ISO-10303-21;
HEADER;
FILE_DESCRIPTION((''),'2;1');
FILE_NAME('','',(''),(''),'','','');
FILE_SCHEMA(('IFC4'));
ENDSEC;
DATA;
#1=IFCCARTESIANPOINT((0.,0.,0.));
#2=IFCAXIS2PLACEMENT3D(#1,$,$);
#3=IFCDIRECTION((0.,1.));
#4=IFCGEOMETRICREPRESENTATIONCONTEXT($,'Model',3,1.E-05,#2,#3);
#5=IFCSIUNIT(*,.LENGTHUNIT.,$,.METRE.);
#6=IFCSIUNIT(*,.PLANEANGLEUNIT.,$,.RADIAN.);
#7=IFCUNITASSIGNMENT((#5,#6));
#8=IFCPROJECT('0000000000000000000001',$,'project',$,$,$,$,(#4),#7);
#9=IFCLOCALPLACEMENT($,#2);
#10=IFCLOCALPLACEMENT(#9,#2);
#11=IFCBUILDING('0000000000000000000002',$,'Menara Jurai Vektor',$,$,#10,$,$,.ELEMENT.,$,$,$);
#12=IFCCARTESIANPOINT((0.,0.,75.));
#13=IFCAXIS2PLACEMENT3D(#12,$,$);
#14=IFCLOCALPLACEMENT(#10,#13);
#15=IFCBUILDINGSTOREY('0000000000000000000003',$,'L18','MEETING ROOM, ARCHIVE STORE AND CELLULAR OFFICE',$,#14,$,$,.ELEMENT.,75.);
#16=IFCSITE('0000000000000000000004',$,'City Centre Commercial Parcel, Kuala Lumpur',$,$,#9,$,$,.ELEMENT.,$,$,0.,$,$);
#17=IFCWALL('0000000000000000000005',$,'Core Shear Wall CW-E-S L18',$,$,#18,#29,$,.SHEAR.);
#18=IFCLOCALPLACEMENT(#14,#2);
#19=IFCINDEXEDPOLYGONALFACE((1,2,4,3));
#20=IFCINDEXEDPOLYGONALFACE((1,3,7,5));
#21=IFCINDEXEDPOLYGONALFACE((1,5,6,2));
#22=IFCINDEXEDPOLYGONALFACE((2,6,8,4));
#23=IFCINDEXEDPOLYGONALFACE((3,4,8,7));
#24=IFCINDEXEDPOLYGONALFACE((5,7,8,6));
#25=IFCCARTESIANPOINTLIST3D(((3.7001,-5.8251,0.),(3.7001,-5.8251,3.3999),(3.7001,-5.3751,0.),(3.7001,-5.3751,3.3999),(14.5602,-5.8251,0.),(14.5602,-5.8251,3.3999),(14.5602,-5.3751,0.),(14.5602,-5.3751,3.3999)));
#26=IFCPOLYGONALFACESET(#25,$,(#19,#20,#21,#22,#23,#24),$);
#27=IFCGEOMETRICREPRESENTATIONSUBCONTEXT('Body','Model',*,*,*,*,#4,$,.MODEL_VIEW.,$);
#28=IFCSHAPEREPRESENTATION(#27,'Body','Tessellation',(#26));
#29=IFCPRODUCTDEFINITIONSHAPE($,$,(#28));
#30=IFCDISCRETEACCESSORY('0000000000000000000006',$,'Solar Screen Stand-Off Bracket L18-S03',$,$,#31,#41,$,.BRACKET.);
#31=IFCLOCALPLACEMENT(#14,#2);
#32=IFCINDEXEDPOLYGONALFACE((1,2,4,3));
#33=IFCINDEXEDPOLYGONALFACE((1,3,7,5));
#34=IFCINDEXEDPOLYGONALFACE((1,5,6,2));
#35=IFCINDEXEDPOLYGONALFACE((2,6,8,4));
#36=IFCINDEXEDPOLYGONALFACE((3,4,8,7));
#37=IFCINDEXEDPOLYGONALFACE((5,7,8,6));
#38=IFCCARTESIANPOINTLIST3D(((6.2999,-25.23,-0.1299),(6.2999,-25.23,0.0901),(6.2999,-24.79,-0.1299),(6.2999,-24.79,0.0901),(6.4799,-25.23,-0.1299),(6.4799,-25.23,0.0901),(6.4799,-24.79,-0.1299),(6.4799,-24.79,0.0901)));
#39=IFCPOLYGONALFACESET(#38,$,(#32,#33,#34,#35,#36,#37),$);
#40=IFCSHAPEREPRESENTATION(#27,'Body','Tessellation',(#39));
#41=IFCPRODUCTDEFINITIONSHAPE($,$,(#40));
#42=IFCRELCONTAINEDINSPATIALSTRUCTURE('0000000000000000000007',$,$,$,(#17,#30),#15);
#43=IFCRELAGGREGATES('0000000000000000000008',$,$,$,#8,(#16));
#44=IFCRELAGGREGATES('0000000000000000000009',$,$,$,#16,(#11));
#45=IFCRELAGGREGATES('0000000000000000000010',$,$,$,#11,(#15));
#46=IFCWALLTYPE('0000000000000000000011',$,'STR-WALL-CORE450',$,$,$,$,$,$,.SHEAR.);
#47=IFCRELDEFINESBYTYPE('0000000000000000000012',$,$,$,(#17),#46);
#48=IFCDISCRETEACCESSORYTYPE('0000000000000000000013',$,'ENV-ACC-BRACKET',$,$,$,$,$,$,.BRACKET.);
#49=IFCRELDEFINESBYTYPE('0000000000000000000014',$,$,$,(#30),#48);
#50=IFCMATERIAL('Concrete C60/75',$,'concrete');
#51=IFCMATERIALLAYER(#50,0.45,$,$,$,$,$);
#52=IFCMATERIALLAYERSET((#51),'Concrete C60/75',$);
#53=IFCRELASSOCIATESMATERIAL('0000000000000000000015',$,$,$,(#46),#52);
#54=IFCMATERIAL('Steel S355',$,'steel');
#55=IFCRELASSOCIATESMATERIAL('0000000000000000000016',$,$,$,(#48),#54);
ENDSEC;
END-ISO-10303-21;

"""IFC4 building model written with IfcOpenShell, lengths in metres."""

from ifc_helpers import new_model, si_unit, direction, frame, frame_2d, origin, origin_2d, place, context, subcontext, project, spatial, rectangle, extrude, material, layer, layer_set, type_object, element, save


model = new_model("IFC4")

# Units and contexts
model_context = context("Model", 3, precision=1e-05, world=origin(), true_north=direction((0.0, 1.0)))
body_context = subcontext(model_context, "Body", "Model", "MODEL_VIEW")
ifc_project = project(units=[si_unit("LENGTHUNIT", "METRE"), si_unit("PLANEANGLEUNIT", "RADIAN")], contexts=[model_context])

# Site, building, storey
site_placement = place(None, origin())
site = spatial("IfcSite", under=ifc_project, at=site_placement, Name="City Centre Commercial Parcel, Kuala Lumpur", CompositionType="ELEMENT", RefElevation=0.0)
building_placement = place(site_placement, origin())
building = spatial("IfcBuilding", under=site, at=building_placement, Name="Menara Jurai Vektor", CompositionType="ELEMENT")
storey_placement = place(building_placement, frame((0.0, 0.0, 75.0)))
storey = spatial("IfcBuildingStorey", under=building, at=storey_placement, Name="L18", Description="MEETING ROOM, ARCHIVE STORE AND CELLULAR OFFICE", CompositionType="ELEMENT", Elevation=75.0)

# Shared definitions
ifc_material_1 = material(Name="Concrete C60/75", Category="concrete")

# Shared definitions
ifc_material_2 = material(Name="Steel S355", Category="steel")

# Wall
ifc_layer_1 = layer(ifc_material_1, 0.45)
ifc_layer_set_1 = layer_set([ifc_layer_1], Name="Concrete C60/75")
wall_type_1 = type_object("IfcWallType", Name="STR-WALL-CORE450", PredefinedType="SHEAR", material=ifc_layer_set_1)
wall_1_placement = place(storey_placement, frame((3.7, -5.6001, 0.0), z_axis=(0.0, 0.0, 1.0), x_axis=(1.0, 0.0, 0.0)))
element("IfcWall", 1, at=wall_1_placement, inside=storey, type_object=wall_type_1, Name="Core Shear Wall CW-E-S L18", PredefinedType="SHEAR", context=body_context, shape_type="SweptSolid", body=[
    extrude(rectangle(XDim=10.8601, YDim=0.45, at=frame_2d((5.4302, 0.0))), origin(), (0.0, 0.0, 1.0), 3.3999),
])

# Discrete accessory
discrete_accessory_type = type_object("IfcDiscreteAccessoryType", Name="ENV-ACC-BRACKET", PredefinedType="BRACKET", material=ifc_material_2)
discrete_accessory_placement = place(storey_placement, frame((6.3899, -25.01, -0.1299), z_axis=(0.0, 0.0, 1.0), x_axis=(1.0, 0.0, 0.0)))
element("IfcDiscreteAccessory", 2, at=discrete_accessory_placement, inside=storey, type_object=discrete_accessory_type, Name="Solar Screen Stand-Off Bracket L18-S03", PredefinedType="BRACKET", context=body_context, shape_type="SweptSolid", body=[
    extrude(rectangle(XDim=0.1799, YDim=0.4399, at=origin_2d()), origin(), (0.0, 0.0, 1.0), 0.22),
])

save(model, "model.ifc")
